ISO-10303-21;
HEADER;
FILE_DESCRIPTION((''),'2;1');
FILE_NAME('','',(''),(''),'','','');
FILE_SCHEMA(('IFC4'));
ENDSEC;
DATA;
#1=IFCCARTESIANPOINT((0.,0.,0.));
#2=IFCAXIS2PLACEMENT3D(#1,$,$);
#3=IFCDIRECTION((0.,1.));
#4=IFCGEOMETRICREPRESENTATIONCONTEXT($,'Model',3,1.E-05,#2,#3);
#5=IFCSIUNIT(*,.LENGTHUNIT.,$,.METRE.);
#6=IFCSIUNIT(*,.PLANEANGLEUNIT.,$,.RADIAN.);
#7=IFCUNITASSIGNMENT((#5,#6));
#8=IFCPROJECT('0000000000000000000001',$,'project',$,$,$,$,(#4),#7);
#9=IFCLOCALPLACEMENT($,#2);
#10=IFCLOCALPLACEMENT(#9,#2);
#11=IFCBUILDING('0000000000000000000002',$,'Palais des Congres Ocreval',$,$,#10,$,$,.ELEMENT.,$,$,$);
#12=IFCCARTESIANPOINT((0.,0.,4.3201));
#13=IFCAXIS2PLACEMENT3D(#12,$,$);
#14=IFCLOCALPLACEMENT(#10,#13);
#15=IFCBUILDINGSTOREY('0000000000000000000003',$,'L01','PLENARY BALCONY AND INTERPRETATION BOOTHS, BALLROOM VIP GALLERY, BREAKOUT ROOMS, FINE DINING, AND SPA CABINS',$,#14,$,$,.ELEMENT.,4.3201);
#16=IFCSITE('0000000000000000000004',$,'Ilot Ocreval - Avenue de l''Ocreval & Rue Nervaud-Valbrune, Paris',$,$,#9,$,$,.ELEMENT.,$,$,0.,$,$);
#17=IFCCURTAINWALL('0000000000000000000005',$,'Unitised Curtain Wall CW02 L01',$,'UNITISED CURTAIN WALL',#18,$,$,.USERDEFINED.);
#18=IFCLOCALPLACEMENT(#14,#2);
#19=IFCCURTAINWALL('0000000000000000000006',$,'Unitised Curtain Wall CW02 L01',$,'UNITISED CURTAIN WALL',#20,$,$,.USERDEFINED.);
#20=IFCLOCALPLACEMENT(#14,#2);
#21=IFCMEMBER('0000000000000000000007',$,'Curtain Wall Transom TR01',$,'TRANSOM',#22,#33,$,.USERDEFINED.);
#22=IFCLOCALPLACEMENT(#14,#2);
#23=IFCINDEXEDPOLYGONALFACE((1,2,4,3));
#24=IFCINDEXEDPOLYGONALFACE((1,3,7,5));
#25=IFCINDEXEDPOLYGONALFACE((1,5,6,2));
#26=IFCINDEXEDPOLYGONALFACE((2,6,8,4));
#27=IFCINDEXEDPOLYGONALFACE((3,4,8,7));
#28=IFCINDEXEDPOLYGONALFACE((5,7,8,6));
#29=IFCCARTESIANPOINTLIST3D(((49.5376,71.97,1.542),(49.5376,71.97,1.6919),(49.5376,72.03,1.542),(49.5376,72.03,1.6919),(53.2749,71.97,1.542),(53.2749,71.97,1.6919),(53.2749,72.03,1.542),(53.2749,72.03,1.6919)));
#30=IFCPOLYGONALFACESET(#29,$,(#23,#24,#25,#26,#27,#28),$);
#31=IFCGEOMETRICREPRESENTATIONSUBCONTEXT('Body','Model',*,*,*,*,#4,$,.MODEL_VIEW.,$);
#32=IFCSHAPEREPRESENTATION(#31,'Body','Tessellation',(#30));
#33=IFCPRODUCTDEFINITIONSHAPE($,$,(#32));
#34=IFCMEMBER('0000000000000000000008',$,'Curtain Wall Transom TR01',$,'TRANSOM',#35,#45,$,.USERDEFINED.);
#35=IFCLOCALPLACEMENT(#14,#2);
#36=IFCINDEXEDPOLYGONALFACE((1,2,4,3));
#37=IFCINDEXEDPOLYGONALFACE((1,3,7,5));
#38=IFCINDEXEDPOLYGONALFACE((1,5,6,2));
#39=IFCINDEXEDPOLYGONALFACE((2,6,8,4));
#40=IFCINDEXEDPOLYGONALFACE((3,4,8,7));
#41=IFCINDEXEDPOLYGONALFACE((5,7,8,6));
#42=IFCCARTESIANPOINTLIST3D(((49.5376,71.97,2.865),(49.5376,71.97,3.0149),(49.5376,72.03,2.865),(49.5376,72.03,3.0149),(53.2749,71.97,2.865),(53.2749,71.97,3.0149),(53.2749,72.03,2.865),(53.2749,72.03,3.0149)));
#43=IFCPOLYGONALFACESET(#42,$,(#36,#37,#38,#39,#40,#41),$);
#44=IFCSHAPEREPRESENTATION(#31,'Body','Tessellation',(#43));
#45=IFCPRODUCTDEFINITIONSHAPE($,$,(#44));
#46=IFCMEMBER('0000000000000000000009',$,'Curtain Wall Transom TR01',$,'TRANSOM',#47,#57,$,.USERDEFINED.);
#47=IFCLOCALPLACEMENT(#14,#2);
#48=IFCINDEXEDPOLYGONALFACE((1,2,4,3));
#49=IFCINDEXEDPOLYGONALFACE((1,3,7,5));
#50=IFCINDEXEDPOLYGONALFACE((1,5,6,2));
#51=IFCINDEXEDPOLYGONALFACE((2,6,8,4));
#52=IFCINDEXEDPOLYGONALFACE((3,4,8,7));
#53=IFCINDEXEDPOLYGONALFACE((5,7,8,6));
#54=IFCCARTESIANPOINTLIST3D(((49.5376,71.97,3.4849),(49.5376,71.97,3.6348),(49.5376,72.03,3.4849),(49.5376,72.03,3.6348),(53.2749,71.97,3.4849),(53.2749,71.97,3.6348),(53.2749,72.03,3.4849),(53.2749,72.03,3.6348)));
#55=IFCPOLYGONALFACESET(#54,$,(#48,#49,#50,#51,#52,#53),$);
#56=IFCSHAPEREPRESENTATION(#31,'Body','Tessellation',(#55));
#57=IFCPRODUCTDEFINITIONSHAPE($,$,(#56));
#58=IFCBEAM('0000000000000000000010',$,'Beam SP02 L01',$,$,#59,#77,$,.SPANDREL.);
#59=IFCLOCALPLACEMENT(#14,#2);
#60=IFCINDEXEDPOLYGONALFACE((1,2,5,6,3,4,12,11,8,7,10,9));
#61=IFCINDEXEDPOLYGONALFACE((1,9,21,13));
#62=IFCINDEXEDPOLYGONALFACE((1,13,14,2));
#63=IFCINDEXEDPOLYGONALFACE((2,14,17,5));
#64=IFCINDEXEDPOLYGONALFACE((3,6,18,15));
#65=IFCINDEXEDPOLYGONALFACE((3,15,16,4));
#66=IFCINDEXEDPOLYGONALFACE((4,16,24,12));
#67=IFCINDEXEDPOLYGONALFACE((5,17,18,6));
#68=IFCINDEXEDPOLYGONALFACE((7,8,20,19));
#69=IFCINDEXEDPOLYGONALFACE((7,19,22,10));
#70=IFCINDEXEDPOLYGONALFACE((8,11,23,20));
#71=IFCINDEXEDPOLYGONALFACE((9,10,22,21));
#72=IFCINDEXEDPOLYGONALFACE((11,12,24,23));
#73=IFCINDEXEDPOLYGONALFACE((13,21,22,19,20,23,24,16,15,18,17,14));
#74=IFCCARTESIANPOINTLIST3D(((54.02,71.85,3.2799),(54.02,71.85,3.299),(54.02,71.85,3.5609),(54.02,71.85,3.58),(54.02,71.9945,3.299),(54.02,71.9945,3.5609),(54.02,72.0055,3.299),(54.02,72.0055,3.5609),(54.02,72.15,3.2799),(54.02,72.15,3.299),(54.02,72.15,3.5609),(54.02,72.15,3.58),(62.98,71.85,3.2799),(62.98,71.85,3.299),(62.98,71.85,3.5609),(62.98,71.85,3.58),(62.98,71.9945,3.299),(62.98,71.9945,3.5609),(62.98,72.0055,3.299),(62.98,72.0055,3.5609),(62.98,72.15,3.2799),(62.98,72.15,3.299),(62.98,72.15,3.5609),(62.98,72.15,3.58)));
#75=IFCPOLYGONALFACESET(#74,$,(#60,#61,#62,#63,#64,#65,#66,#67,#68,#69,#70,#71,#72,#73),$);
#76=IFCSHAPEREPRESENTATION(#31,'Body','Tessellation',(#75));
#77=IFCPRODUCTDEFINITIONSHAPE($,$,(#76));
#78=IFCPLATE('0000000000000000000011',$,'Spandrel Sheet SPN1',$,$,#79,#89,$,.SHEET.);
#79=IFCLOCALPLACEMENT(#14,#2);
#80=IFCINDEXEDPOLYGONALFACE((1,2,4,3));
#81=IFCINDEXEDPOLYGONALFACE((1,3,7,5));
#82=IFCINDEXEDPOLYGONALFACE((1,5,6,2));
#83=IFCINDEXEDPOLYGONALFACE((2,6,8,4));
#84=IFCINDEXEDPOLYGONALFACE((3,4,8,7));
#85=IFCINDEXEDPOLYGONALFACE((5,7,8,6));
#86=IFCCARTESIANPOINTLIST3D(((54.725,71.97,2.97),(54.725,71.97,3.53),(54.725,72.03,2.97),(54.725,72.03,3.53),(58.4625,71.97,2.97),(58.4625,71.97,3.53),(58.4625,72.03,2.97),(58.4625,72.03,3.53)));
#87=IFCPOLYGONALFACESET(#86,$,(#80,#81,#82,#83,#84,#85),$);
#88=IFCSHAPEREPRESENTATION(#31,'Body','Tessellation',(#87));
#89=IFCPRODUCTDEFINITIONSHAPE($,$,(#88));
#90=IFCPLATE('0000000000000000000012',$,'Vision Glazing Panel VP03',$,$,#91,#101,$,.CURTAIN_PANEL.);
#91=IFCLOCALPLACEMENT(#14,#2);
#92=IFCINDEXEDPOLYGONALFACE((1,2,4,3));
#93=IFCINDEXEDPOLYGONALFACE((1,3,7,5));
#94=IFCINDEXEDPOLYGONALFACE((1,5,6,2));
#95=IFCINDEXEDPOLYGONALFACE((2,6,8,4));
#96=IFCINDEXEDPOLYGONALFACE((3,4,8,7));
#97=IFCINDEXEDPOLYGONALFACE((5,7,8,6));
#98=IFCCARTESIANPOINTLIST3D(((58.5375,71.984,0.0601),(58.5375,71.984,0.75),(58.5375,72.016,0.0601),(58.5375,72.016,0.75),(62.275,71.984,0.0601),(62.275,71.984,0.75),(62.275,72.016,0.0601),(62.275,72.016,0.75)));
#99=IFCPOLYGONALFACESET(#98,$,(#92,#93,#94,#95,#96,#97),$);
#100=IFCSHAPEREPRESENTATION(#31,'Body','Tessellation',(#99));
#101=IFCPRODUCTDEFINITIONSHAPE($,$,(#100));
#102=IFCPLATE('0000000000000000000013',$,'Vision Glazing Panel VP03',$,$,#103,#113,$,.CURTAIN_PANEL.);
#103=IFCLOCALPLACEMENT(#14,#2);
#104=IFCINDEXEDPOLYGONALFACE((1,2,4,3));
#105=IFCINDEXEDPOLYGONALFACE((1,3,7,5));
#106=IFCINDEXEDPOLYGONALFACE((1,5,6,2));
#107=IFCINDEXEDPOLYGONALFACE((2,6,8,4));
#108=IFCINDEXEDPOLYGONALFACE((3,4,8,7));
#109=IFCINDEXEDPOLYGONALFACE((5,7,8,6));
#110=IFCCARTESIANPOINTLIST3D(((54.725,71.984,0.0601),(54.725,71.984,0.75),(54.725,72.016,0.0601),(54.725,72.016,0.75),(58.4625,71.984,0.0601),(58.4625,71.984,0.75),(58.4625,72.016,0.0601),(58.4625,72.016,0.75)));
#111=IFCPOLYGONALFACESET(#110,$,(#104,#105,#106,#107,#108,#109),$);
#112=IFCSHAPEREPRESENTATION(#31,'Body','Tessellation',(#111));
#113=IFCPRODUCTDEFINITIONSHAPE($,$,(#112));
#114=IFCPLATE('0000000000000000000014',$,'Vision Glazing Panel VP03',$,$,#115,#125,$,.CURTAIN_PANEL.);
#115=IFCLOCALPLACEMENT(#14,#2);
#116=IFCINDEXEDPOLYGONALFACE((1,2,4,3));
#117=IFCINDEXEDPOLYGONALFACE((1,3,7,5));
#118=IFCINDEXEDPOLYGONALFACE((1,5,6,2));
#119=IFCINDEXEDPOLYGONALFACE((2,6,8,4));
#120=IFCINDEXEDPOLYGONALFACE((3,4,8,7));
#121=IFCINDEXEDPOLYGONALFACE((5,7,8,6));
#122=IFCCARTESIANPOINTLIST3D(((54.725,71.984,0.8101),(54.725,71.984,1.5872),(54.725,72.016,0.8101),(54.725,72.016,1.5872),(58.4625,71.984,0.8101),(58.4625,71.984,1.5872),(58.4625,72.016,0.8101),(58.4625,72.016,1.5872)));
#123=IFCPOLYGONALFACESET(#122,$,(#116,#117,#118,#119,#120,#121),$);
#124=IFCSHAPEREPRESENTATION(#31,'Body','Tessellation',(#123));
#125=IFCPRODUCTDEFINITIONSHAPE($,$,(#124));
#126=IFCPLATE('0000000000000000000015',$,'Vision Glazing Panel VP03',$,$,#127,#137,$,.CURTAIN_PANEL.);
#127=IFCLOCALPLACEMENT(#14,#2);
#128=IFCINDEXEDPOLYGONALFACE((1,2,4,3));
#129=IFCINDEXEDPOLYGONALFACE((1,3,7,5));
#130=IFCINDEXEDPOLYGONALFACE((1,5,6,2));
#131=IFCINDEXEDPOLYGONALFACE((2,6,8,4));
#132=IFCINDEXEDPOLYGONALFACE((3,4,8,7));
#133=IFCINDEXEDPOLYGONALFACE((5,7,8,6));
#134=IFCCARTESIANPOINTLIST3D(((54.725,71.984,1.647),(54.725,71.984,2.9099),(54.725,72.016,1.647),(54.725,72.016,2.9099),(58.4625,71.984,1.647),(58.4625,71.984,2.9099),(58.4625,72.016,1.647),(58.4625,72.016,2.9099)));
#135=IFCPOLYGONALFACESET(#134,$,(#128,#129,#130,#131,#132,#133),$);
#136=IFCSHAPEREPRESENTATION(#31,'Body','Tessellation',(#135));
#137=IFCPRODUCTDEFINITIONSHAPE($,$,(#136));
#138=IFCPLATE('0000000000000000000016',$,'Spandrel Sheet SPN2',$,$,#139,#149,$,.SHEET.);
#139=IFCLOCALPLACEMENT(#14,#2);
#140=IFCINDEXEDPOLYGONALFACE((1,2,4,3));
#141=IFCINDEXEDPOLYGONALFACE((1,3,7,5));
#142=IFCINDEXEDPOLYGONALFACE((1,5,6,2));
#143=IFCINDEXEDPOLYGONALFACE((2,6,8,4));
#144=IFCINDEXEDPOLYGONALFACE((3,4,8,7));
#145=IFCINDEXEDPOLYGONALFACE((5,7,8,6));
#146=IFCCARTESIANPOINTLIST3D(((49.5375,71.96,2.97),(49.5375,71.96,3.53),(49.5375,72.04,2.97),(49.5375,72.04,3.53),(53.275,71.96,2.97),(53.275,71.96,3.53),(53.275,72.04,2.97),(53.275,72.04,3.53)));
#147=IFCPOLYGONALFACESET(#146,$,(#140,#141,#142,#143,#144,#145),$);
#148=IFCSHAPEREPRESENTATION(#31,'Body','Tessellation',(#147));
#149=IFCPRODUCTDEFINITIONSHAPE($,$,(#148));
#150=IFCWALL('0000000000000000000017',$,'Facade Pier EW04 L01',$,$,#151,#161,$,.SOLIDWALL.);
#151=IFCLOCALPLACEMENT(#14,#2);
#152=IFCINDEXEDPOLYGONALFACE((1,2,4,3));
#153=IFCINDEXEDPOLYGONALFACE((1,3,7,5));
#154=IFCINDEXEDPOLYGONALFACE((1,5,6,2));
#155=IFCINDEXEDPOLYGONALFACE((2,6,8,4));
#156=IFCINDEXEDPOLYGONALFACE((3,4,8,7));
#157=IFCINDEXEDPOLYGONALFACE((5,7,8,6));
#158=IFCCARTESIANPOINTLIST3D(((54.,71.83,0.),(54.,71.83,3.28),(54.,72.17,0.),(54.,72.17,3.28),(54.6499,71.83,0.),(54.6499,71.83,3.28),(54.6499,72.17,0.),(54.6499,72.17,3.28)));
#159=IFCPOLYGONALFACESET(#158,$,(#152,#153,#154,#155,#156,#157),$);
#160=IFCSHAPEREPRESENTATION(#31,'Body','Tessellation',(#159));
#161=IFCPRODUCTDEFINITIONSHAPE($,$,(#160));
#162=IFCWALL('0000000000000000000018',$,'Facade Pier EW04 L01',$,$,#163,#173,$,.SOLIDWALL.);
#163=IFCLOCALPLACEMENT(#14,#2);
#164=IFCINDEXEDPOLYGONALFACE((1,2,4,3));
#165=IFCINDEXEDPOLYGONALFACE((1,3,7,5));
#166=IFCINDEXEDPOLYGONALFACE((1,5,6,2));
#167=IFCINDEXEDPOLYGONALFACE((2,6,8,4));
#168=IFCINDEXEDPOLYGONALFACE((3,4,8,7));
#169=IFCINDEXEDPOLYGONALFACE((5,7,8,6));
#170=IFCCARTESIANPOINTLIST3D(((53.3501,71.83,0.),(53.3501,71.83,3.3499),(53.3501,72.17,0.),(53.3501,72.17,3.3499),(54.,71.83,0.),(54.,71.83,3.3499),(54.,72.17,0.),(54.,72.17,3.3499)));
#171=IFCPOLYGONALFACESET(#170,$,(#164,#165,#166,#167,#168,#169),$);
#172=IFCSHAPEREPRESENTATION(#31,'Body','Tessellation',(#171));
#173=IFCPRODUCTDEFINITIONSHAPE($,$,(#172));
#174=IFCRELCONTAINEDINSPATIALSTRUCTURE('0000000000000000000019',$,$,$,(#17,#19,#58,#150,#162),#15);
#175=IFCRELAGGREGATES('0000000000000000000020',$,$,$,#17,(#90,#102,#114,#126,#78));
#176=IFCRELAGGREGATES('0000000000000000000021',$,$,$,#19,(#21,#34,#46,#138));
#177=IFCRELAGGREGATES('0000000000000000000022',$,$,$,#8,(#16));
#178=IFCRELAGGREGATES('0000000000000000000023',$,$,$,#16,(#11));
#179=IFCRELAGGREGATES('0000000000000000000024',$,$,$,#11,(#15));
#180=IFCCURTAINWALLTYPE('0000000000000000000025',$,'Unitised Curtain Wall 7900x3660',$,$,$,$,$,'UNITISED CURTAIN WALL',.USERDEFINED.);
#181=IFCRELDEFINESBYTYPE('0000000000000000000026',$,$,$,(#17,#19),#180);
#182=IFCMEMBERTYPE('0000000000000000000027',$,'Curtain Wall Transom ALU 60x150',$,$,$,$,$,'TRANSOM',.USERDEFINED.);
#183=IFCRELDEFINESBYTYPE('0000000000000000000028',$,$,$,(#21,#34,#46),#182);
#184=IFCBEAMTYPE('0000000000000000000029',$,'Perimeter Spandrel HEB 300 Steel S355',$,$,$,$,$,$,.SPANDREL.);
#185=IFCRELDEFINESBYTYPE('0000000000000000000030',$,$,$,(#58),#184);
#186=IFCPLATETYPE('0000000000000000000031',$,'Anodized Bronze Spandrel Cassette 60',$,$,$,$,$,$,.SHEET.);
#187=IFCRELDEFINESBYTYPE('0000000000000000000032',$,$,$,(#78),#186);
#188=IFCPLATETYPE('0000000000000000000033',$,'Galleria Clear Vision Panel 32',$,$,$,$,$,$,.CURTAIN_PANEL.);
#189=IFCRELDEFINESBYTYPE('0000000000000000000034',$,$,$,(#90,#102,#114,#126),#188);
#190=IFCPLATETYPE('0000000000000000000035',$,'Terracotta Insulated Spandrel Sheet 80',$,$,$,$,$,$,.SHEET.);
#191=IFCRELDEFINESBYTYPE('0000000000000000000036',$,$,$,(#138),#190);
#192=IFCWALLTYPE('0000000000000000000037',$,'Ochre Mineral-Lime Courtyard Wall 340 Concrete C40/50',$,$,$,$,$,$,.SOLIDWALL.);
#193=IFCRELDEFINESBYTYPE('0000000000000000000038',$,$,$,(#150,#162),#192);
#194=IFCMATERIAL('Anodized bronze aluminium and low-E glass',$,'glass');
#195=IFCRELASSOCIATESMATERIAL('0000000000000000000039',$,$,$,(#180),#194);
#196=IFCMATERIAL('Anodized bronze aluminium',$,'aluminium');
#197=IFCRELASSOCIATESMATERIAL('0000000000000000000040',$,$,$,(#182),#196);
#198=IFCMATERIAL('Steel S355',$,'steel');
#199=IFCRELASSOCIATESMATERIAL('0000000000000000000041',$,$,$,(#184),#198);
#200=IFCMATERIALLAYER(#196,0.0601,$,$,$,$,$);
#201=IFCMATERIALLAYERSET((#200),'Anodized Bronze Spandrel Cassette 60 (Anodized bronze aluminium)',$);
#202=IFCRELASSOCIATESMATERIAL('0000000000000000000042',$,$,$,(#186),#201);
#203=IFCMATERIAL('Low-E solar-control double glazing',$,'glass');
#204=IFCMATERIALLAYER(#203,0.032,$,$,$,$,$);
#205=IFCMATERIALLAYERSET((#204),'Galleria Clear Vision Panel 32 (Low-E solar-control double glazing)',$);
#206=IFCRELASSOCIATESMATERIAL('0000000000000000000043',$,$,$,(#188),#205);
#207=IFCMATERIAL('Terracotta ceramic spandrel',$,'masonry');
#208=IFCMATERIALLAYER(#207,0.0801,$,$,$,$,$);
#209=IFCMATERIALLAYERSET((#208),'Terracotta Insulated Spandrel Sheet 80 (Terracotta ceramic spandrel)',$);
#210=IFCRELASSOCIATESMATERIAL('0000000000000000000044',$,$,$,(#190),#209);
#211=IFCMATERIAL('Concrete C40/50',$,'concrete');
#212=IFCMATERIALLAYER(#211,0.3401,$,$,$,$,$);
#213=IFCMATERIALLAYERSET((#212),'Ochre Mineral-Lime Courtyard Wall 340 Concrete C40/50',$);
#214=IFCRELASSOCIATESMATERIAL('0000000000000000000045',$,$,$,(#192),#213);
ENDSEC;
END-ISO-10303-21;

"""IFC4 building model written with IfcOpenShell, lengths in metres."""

from ifc_helpers import new_model, si_unit, direction, frame, frame_2d, origin, origin_2d, place, context, subcontext, project, spatial, rectangle, i_section, extrude, material, layer, layer_set, material_profile, profile_set, type_object, element, aggregate, save


model = new_model("IFC4")

# Units and contexts
model_context = context("Model", 3, precision=1e-05, world=origin(), true_north=direction((0.0, 1.0)))
body_context = subcontext(model_context, "Body", "Model", "MODEL_VIEW")
ifc_project = project(units=[si_unit("LENGTHUNIT", "METRE"), si_unit("PLANEANGLEUNIT", "RADIAN")], contexts=[model_context])

# Site, building, storey
site_placement = place(None, origin())
site = spatial("IfcSite", under=ifc_project, at=site_placement, Name="Ilot Ocreval - Avenue de l'Ocreval & Rue Nervaud-Valbrune, Paris", CompositionType="ELEMENT", RefElevation=0.0)
building_placement = place(site_placement, origin())
building = spatial("IfcBuilding", under=site, at=building_placement, Name="Palais des Congres Ocreval", CompositionType="ELEMENT")
storey_placement = place(building_placement, frame((0.0, 0.0, 4.3201)))
storey = spatial("IfcBuildingStorey", under=building, at=storey_placement, Name="L01", Description="PLENARY BALCONY AND INTERPRETATION BOOTHS, BALLROOM VIP GALLERY, BREAKOUT ROOMS, FINE DINING, AND SPA CABINS", CompositionType="ELEMENT", Elevation=4.3201)

# Shared definitions
ifc_material_1 = material(Name="Steel S355", Category="steel")

# Curtain wall
ifc_material_2 = material(Name="Anodized bronze aluminium and low-E glass", Category="glass")
curtain_wall_type = type_object("IfcCurtainWallType", Name="Unitised Curtain Wall 7900x3660", ElementType="UNITISED CURTAIN WALL", PredefinedType="USERDEFINED", material=ifc_material_2)
curtain_wall_1_placement = place(storey_placement, origin())
curtain_wall_1 = element("IfcCurtainWall", 1, at=curtain_wall_1_placement, inside=storey, type_object=curtain_wall_type, Name="Unitised Curtain Wall CW02 L01", ObjectType="UNITISED CURTAIN WALL", PredefinedType="USERDEFINED")
ifc_material_3 = material(Name="Anodized bronze aluminium", Category="aluminium")

# Curtain wall
curtain_wall_2_placement = place(storey_placement, origin())
curtain_wall_2 = element("IfcCurtainWall", 2, at=curtain_wall_2_placement, inside=storey, type_object=curtain_wall_type, Name="Unitised Curtain Wall CW02 L01", ObjectType="UNITISED CURTAIN WALL", PredefinedType="USERDEFINED")

# Members
ifc_material_profile_1 = material_profile(ifc_material_3, rectangle(XDim=0.0601, YDim=0.1499, at=origin_2d()), Name="ALU 60x150")
ifc_profile_set_1 = profile_set([ifc_material_profile_1], Name="Anodized bronze aluminium")
member_type_1 = type_object("IfcMemberType", Name="Curtain Wall Transom ALU 60x150", ElementType="TRANSOM", PredefinedType="USERDEFINED", material=ifc_profile_set_1)
member_1_placement = place(storey_placement, frame((53.2749, 72.0, 1.6169), z_axis=(-1.0, 0.0, 0.0), x_axis=(0.0, -1.0, 0.0)))
member_1 = element("IfcMember", 3, at=member_1_placement, type_object=member_type_1, Name="Curtain Wall Transom TR01", ObjectType="TRANSOM", PredefinedType="USERDEFINED", context=body_context, shape_type="SweptSolid", body=[
    extrude(rectangle(XDim=0.0601, YDim=0.1499, at=origin_2d()), origin(), (0.0, 0.0, 1.0), 3.7373),
])
member_2_placement = place(storey_placement, frame((53.2749, 72.0, 2.9399), z_axis=(-1.0, 0.0, 0.0), x_axis=(0.0, -1.0, 0.0)))
member_2 = element("IfcMember", 4, at=member_2_placement, type_object=member_type_1, Name="Curtain Wall Transom TR01", ObjectType="TRANSOM", PredefinedType="USERDEFINED", context=body_context, shape_type="SweptSolid", body=[
    extrude(rectangle(XDim=0.0601, YDim=0.1499, at=origin_2d()), origin(), (0.0, 0.0, 1.0), 3.7373),
])
member_3_placement = place(storey_placement, frame((53.2749, 72.0, 3.5598), z_axis=(-1.0, 0.0, 0.0), x_axis=(0.0, -1.0, 0.0)))
member_3 = element("IfcMember", 5, at=member_3_placement, type_object=member_type_1, Name="Curtain Wall Transom TR01", ObjectType="TRANSOM", PredefinedType="USERDEFINED", context=body_context, shape_type="SweptSolid", body=[
    extrude(rectangle(XDim=0.0601, YDim=0.1499, at=origin_2d()), origin(), (0.0, 0.0, 1.0), 3.7373),
])

# Beam
ifc_material_profile_2 = material_profile(ifc_material_1, i_section(OverallWidth=0.3, OverallDepth=0.3, WebThickness=0.011, FlangeThickness=0.019, at=origin_2d()), Name="HEB 300")
ifc_profile_set_2 = profile_set([ifc_material_profile_2], Name="Steel S355")
beam_type = type_object("IfcBeamType", Name="Perimeter Spandrel HEB 300 Steel S355", PredefinedType="SPANDREL", material=ifc_profile_set_2)
beam_placement = place(storey_placement, frame((54.02, 72.0, 3.4299), z_axis=(1.0, 0.0, 0.0), x_axis=(0.0, 1.0, 0.0)))
element("IfcBeam", 6, at=beam_placement, inside=storey, type_object=beam_type, Name="Beam SP02 L01", PredefinedType="SPANDREL", context=body_context, shape_type="SweptSolid", body=[
    extrude(i_section(OverallWidth=0.3, OverallDepth=0.3, WebThickness=0.011, FlangeThickness=0.019, at=origin_2d()), origin(), (0.0, 0.0, 1.0), 8.96),
])

# Plates
ifc_layer_1 = layer(ifc_material_3, 0.0601)
ifc_layer_set_1 = layer_set([ifc_layer_1], Name="Anodized Bronze Spandrel Cassette 60 (Anodized bronze aluminium)")
plate_type_1 = type_object("IfcPlateType", Name="Anodized Bronze Spandrel Cassette 60", PredefinedType="SHEET", material=ifc_layer_set_1)
plate_1_placement = place(storey_placement, frame((56.5938, 72.0, 2.97), z_axis=(0.0, 0.0, 1.0), x_axis=(-1.0, 0.0, 0.0)))
plate_1 = element("IfcPlate", 7, at=plate_1_placement, type_object=plate_type_1, Name="Spandrel Sheet SPN1", PredefinedType="SHEET", context=body_context, shape_type="SweptSolid", body=[
    extrude(rectangle(XDim=3.7375, YDim=0.0601, at=origin_2d()), origin(), (0.0, 0.0, 1.0), 0.5601),
])
ifc_material_4 = material(Name="Low-E solar-control double glazing", Category="glass")
ifc_layer_2 = layer(ifc_material_4, 0.032)
ifc_layer_set_2 = layer_set([ifc_layer_2], Name="Galleria Clear Vision Panel 32 (Low-E solar-control double glazing)")
plate_type_2 = type_object("IfcPlateType", Name="Galleria Clear Vision Panel 32", PredefinedType="CURTAIN_PANEL", material=ifc_layer_set_2)
plate_2_placement = place(storey_placement, frame((60.4062, 72.0, 0.0601), z_axis=(0.0, 0.0, 1.0), x_axis=(-1.0, 0.0, 0.0)))
plate_2 = element("IfcPlate", 8, at=plate_2_placement, type_object=plate_type_2, Name="Vision Glazing Panel VP03", PredefinedType="CURTAIN_PANEL", context=body_context, shape_type="SweptSolid", body=[
    extrude(rectangle(XDim=3.7375, YDim=0.032, at=origin_2d()), origin(), (0.0, 0.0, 1.0), 0.6899),
])
plate_3_placement = place(storey_placement, frame((56.5938, 72.0, 0.0601), z_axis=(0.0, 0.0, 1.0), x_axis=(-1.0, 0.0, 0.0)))
plate_3 = element("IfcPlate", 9, at=plate_3_placement, type_object=plate_type_2, Name="Vision Glazing Panel VP03", PredefinedType="CURTAIN_PANEL", context=body_context, shape_type="SweptSolid", body=[
    extrude(rectangle(XDim=3.7375, YDim=0.032, at=origin_2d()), origin(), (0.0, 0.0, 1.0), 0.6899),
])
plate_4_placement = place(storey_placement, frame((56.5938, 72.0, 0.8101), z_axis=(0.0, 0.0, 1.0), x_axis=(-1.0, 0.0, 0.0)))
plate_4 = element("IfcPlate", 10, at=plate_4_placement, type_object=plate_type_2, Name="Vision Glazing Panel VP03", PredefinedType="CURTAIN_PANEL", context=body_context, shape_type="SweptSolid", body=[
    extrude(rectangle(XDim=3.7375, YDim=0.032, at=origin_2d()), origin(), (0.0, 0.0, 1.0), 0.7771),
])
plate_5_placement = place(storey_placement, frame((56.5938, 72.0, 1.647), z_axis=(0.0, 0.0, 1.0), x_axis=(-1.0, 0.0, 0.0)))
plate_5 = element("IfcPlate", 11, at=plate_5_placement, type_object=plate_type_2, Name="Vision Glazing Panel VP03", PredefinedType="CURTAIN_PANEL", context=body_context, shape_type="SweptSolid", body=[
    extrude(rectangle(XDim=3.7375, YDim=0.032, at=origin_2d()), origin(), (0.0, 0.0, 1.0), 1.2629),
])
aggregate(curtain_wall_1, [plate_2, plate_3, plate_4, plate_5, plate_1])
ifc_material_5 = material(Name="Terracotta ceramic spandrel", Category="masonry")
ifc_layer_3 = layer(ifc_material_5, 0.0801)
ifc_layer_set_3 = layer_set([ifc_layer_3], Name="Terracotta Insulated Spandrel Sheet 80 (Terracotta ceramic spandrel)")
plate_type_3 = type_object("IfcPlateType", Name="Terracotta Insulated Spandrel Sheet 80", PredefinedType="SHEET", material=ifc_layer_set_3)
plate_6_placement = place(storey_placement, frame((51.4062, 72.0, 2.97), z_axis=(0.0, 0.0, 1.0), x_axis=(-1.0, 0.0, 0.0)))
plate_6 = element("IfcPlate", 12, at=plate_6_placement, type_object=plate_type_3, Name="Spandrel Sheet SPN2", PredefinedType="SHEET", context=body_context, shape_type="SweptSolid", body=[
    extrude(rectangle(XDim=3.7375, YDim=0.0801, at=origin_2d()), origin(), (0.0, 0.0, 1.0), 0.5601),
])
aggregate(curtain_wall_2, [member_1, member_2, member_3, plate_6])

# Walls
ifc_material_6 = material(Name="Concrete C40/50", Category="concrete")
ifc_layer_4 = layer(ifc_material_6, 0.3401)
ifc_layer_set_4 = layer_set([ifc_layer_4], Name="Ochre Mineral-Lime Courtyard Wall 340 Concrete C40/50")
wall_type = type_object("IfcWallType", Name="Ochre Mineral-Lime Courtyard Wall 340 Concrete C40/50", PredefinedType="SOLIDWALL", material=ifc_layer_set_4)
wall_1_placement = place(storey_placement, frame((54.6499, 72.0, 0.0), z_axis=(0.0, 0.0, 1.0), x_axis=(-1.0, 0.0, 0.0)))
element("IfcWall", 13, at=wall_1_placement, inside=storey, type_object=wall_type, Name="Facade Pier EW04 L01", PredefinedType="SOLIDWALL", context=body_context, shape_type="SweptSolid", body=[
    extrude(rectangle(XDim=0.6499, YDim=0.3401, at=frame_2d((0.325, 0.0))), origin(), (0.0, 0.0, 1.0), 3.28),
])
wall_2_placement = place(storey_placement, frame((54.0, 72.0, 0.0), z_axis=(0.0, 0.0, 1.0), x_axis=(-1.0, 0.0, 0.0)))
element("IfcWall", 14, at=wall_2_placement, inside=storey, type_object=wall_type, Name="Facade Pier EW04 L01", PredefinedType="SOLIDWALL", context=body_context, shape_type="SweptSolid", body=[
    extrude(rectangle(XDim=0.6499, YDim=0.3401, at=frame_2d((0.325, 0.0))), origin(), (0.0, 0.0, 1.0), 3.3499),
])

save(model, "model.ifc")
